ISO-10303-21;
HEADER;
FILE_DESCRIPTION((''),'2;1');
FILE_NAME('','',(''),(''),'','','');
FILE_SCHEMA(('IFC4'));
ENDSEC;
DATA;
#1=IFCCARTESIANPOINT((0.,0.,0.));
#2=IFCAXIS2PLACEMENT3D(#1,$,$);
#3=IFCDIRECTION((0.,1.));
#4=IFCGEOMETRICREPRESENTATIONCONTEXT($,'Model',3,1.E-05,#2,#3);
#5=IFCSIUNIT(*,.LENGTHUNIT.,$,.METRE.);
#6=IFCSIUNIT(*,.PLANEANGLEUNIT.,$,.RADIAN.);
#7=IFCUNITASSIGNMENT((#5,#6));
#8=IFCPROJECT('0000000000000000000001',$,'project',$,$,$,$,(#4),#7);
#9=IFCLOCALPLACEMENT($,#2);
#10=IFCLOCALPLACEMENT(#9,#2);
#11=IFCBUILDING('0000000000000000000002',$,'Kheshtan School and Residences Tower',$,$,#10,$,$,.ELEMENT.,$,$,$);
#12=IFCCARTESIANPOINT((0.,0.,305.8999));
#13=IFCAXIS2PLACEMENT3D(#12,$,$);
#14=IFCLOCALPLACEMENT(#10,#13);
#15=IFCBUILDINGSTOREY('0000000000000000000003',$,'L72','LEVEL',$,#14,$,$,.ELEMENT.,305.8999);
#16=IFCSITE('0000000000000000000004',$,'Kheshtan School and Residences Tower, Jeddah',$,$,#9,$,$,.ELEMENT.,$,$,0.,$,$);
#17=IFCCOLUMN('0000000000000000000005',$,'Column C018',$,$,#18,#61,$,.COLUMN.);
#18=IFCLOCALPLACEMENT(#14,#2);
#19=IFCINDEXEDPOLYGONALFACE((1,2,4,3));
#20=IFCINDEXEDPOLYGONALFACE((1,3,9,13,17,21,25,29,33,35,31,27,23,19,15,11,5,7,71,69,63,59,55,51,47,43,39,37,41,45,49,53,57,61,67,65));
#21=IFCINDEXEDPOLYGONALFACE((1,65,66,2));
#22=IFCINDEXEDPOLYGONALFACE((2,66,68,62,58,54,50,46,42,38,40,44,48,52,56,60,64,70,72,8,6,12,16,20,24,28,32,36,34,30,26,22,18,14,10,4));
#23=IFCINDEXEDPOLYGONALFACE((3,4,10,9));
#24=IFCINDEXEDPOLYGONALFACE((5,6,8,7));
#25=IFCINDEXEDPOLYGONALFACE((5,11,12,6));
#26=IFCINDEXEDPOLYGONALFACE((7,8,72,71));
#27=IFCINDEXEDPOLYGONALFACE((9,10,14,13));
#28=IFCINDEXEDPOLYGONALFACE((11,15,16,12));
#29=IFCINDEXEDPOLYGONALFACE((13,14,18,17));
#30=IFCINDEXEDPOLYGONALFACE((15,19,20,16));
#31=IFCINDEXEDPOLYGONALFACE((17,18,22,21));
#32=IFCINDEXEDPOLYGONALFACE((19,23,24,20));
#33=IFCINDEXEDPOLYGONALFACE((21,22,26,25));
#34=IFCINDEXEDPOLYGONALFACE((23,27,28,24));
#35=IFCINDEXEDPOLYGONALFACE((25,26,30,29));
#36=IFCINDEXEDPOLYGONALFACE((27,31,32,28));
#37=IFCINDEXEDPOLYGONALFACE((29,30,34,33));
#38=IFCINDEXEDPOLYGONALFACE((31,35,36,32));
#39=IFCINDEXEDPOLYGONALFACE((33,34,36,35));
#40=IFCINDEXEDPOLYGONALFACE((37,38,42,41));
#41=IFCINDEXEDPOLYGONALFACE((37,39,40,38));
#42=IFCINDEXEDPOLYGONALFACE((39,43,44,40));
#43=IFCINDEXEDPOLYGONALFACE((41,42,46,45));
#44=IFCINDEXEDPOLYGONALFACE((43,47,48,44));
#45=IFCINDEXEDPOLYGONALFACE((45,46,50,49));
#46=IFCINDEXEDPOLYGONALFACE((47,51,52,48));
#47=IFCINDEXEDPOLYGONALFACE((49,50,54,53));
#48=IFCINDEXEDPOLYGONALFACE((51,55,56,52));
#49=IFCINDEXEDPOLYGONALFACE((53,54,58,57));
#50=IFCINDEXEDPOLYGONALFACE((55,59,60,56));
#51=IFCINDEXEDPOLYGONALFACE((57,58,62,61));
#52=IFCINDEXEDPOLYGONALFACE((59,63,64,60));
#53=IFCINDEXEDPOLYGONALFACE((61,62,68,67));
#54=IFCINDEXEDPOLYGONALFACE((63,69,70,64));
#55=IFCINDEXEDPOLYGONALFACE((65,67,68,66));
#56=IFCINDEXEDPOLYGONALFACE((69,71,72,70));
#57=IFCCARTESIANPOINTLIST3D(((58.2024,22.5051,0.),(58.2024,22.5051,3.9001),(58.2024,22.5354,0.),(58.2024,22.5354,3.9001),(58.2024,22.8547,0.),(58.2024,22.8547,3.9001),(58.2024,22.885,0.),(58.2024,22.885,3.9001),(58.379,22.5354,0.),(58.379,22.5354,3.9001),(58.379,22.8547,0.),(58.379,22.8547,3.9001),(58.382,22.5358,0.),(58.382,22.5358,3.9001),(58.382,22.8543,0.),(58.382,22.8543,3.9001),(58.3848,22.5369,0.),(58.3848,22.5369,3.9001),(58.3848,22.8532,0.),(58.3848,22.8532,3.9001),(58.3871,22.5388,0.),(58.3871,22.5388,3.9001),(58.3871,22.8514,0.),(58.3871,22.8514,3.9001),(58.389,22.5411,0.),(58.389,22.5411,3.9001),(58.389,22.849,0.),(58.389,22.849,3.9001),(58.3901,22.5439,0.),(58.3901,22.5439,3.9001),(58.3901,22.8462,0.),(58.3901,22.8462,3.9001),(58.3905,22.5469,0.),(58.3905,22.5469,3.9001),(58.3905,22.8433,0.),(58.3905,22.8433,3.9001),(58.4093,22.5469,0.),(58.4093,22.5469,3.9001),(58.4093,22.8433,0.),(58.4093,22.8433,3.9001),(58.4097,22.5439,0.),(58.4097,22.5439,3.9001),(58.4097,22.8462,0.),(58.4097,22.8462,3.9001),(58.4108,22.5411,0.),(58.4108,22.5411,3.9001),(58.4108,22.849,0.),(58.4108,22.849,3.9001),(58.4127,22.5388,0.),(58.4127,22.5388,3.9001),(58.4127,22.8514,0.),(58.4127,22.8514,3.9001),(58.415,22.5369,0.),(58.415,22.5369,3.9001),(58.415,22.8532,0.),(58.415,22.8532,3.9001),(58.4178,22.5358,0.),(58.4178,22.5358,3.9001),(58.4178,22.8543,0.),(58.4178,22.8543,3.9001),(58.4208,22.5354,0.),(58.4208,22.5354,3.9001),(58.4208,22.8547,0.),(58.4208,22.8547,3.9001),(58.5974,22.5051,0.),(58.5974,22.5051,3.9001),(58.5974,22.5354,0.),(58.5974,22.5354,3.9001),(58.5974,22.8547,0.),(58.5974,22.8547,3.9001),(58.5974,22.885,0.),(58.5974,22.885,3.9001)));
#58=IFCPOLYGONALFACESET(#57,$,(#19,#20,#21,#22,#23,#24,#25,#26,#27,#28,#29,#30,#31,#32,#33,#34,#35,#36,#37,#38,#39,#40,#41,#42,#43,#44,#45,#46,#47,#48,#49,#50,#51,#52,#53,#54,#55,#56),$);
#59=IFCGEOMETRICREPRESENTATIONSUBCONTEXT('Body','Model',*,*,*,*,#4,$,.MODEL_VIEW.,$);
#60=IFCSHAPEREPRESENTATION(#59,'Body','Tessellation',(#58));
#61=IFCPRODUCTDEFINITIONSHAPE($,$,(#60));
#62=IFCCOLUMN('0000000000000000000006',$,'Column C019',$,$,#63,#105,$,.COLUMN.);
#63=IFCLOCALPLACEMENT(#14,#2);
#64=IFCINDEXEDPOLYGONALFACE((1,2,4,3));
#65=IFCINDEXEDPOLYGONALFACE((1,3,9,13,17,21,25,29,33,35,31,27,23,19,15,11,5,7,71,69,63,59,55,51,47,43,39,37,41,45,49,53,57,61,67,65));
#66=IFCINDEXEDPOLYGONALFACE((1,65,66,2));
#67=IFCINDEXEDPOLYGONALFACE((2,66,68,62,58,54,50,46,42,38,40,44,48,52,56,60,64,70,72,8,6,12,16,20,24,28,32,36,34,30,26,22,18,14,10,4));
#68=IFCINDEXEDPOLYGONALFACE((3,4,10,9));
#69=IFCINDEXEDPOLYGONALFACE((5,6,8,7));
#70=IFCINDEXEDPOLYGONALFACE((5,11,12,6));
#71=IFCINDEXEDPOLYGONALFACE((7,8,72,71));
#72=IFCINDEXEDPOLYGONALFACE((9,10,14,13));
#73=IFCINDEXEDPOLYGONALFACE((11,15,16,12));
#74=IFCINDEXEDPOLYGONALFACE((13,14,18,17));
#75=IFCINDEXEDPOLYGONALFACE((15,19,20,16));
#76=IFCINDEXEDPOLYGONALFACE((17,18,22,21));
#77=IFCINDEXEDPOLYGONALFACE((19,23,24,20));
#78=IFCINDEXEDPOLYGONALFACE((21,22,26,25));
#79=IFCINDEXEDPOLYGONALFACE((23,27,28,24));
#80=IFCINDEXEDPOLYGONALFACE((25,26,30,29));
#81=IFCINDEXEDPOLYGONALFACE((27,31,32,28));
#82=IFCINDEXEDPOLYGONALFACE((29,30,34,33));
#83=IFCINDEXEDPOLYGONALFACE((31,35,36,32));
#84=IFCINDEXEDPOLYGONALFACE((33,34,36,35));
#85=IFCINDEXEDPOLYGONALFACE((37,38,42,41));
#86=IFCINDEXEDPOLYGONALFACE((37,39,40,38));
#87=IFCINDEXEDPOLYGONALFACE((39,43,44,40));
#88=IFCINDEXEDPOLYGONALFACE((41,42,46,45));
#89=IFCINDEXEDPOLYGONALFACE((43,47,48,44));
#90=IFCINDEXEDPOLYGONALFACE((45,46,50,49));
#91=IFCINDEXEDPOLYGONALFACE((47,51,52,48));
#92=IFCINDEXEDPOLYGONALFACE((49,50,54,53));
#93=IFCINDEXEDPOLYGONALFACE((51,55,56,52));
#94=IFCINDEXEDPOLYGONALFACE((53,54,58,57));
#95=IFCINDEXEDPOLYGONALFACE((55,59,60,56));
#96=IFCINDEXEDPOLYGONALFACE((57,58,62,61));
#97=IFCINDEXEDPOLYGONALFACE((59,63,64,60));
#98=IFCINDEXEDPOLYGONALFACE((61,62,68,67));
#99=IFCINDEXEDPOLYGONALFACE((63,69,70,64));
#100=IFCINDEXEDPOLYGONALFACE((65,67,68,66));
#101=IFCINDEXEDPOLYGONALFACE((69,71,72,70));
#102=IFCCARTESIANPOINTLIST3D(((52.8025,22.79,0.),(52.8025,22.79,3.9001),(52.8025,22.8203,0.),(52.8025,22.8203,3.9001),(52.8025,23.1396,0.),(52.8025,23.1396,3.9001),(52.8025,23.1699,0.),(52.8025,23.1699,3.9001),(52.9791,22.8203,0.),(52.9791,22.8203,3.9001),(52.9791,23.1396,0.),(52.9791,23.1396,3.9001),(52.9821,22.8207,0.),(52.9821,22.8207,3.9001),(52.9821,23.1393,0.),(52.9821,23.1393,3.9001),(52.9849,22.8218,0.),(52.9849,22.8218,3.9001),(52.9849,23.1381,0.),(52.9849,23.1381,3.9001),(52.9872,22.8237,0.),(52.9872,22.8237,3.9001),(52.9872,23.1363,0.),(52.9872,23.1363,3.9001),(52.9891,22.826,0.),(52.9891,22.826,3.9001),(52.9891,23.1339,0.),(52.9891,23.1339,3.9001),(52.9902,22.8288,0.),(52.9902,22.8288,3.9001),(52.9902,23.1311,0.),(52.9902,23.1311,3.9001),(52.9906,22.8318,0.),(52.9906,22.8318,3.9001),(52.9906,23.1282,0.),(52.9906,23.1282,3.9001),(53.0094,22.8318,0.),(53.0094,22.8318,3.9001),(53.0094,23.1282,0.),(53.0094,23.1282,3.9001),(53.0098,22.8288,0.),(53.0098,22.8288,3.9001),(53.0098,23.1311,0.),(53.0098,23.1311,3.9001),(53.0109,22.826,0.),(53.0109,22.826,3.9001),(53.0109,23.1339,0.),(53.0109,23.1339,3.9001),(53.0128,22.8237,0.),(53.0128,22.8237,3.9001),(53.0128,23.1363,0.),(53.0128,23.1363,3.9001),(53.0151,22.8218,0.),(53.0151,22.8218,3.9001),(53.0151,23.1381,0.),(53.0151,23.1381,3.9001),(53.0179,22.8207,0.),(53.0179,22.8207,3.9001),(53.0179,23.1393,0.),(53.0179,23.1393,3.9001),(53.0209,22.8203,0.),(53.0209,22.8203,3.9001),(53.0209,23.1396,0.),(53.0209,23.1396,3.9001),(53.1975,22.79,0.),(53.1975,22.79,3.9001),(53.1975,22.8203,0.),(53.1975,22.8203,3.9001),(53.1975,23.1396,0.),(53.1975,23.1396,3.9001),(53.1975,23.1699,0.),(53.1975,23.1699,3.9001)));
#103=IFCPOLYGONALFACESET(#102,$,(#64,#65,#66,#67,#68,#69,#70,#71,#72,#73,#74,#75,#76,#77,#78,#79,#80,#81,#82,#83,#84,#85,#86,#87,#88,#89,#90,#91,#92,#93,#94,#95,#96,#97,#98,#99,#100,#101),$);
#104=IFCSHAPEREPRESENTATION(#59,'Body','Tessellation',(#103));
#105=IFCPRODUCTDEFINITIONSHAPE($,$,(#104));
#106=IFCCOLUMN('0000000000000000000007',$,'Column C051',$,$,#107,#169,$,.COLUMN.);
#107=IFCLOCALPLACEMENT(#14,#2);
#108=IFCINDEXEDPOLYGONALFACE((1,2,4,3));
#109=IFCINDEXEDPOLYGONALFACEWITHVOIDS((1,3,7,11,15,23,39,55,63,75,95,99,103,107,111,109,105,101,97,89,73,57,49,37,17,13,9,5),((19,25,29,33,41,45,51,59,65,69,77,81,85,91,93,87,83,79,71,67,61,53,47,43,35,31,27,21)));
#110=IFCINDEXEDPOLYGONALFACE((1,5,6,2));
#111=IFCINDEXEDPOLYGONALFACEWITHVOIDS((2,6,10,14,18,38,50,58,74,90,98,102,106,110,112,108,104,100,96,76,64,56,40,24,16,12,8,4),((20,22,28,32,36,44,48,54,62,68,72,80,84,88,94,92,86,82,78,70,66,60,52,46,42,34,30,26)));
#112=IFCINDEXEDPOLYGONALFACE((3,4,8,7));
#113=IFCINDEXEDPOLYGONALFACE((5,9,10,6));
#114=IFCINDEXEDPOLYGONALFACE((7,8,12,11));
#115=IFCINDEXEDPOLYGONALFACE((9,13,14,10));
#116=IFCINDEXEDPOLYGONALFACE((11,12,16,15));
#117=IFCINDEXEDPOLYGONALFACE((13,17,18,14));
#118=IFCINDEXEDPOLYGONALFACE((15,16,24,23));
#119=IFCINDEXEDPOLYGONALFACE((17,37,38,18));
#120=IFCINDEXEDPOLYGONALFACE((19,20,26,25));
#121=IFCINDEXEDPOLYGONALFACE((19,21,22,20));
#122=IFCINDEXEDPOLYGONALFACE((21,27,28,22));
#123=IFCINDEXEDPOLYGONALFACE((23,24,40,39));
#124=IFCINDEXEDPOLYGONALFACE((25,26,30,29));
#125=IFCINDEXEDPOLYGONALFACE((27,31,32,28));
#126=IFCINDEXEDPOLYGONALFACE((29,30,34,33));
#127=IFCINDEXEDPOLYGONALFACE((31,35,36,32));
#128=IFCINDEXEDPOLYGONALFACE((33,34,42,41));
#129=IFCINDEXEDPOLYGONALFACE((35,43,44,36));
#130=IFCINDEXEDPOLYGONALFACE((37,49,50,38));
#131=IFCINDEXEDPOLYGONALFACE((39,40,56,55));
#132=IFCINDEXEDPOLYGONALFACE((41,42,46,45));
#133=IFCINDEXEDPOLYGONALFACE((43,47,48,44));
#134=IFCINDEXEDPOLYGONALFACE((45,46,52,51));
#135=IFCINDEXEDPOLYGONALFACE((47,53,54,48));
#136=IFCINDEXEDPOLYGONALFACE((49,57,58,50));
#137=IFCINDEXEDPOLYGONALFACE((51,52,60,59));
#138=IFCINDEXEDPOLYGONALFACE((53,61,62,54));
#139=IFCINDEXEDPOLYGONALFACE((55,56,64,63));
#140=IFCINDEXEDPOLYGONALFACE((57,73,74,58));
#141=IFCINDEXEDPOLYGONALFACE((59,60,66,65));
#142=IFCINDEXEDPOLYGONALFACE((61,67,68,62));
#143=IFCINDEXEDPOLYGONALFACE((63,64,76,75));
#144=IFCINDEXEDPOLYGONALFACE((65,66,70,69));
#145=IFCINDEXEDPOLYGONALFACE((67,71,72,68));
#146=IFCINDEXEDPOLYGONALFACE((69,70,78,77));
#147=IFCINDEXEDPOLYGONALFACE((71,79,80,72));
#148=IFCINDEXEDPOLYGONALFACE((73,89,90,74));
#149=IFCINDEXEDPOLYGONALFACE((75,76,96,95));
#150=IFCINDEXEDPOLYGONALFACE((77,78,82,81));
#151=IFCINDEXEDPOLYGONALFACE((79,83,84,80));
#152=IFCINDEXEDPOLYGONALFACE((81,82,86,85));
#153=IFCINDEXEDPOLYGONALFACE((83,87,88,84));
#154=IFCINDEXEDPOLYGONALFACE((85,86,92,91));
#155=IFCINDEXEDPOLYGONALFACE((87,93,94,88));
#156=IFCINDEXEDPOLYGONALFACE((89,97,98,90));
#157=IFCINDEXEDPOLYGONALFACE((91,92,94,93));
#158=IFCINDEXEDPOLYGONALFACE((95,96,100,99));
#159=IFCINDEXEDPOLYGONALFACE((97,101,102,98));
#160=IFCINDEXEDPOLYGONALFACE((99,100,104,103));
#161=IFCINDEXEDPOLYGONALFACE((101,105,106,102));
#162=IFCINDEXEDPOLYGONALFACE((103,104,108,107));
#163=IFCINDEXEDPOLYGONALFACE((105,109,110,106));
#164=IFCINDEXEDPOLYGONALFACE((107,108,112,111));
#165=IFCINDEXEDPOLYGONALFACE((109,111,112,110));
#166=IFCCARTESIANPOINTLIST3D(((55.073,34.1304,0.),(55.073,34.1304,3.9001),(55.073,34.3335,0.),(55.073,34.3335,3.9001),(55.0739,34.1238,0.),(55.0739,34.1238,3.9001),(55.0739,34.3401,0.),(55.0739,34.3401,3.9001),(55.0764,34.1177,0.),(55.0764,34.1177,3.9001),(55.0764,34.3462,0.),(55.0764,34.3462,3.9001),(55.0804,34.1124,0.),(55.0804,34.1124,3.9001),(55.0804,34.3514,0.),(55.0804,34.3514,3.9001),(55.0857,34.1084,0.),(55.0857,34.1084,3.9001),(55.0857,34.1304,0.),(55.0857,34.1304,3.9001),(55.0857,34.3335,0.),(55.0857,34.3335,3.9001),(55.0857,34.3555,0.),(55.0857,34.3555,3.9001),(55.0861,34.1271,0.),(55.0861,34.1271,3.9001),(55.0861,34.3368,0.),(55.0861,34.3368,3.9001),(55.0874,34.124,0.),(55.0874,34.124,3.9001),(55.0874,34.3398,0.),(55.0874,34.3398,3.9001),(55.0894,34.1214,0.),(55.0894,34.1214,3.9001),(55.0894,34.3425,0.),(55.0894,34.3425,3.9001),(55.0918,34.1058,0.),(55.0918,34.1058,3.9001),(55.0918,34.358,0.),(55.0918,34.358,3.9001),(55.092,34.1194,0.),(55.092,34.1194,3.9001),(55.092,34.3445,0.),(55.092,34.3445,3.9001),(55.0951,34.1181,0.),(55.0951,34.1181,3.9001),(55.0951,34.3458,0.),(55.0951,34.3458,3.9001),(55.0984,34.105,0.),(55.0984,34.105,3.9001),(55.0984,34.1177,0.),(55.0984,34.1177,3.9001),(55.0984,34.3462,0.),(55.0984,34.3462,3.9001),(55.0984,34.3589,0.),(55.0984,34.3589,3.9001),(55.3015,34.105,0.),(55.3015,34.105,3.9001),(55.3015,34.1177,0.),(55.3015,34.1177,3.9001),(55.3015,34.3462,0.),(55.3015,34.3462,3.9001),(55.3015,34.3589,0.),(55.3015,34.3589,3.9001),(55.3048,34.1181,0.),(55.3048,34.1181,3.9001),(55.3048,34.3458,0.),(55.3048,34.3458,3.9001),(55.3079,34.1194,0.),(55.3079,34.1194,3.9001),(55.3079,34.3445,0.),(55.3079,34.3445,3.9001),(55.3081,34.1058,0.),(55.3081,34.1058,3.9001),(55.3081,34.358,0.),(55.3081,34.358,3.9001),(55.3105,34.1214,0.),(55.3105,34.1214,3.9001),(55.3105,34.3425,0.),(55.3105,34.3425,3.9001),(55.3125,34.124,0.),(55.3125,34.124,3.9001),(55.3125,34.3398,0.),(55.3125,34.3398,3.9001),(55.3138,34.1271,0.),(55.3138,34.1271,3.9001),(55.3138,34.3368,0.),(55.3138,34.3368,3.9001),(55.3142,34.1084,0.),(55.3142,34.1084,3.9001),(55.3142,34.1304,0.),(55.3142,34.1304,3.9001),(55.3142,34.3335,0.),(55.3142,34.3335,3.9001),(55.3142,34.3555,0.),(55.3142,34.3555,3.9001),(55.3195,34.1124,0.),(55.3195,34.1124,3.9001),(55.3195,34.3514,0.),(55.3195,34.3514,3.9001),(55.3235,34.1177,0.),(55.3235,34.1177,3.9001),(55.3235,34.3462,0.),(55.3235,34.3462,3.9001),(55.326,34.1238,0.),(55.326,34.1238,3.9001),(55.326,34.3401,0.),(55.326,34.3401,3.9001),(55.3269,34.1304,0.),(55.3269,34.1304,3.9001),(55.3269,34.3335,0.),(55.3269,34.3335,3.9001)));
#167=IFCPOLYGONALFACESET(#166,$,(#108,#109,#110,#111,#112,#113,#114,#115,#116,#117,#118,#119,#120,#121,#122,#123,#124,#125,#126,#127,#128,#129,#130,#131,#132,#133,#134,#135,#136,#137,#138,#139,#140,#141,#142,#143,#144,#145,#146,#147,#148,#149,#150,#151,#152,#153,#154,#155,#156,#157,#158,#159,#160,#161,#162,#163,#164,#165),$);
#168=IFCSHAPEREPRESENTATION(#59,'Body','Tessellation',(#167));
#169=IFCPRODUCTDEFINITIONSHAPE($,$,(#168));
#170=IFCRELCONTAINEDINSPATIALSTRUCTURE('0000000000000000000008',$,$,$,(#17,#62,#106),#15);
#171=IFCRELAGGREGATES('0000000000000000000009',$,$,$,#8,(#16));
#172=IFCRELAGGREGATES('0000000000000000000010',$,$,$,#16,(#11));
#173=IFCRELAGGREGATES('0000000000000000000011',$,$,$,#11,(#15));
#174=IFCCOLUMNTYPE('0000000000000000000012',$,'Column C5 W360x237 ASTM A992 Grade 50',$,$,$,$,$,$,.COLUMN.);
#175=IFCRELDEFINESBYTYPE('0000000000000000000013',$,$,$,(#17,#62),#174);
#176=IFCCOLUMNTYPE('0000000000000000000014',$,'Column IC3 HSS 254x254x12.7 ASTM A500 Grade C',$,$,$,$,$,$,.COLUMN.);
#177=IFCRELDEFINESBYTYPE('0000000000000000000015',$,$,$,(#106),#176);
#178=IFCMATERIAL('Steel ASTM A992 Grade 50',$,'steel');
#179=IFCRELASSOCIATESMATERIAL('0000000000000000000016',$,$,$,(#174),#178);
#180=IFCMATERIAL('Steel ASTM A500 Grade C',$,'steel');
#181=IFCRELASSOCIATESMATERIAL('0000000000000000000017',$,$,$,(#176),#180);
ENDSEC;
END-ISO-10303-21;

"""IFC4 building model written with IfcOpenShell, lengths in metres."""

from ifc_helpers import new_model, si_unit, direction, frame, origin, origin_2d, place, context, subcontext, project, spatial, hollow_rectangle, i_section, extrude, material, material_profile, profile_set, type_object, element, save


model = new_model("IFC4")

# Units and contexts
model_context = context("Model", 3, precision=1e-05, world=origin(), true_north=direction((0.0, 1.0)))
body_context = subcontext(model_context, "Body", "Model", "MODEL_VIEW")
ifc_project = project(units=[si_unit("LENGTHUNIT", "METRE"), si_unit("PLANEANGLEUNIT", "RADIAN")], contexts=[model_context])

# Site, building, storey
site_placement = place(None, origin())
site = spatial("IfcSite", under=ifc_project, at=site_placement, Name="Kheshtan School and Residences Tower, Jeddah", CompositionType="ELEMENT", RefElevation=0.0)
building_placement = place(site_placement, origin())
building = spatial("IfcBuilding", under=site, at=building_placement, Name="Kheshtan School and Residences Tower", CompositionType="ELEMENT")
storey_placement = place(building_placement, frame((0.0, 0.0, 305.8999)))
storey = spatial("IfcBuildingStorey", under=building, at=storey_placement, Name="L72", Description="LEVEL", CompositionType="ELEMENT", Elevation=305.8999)

# Columns
ifc_material_1 = material(Name="Steel ASTM A992 Grade 50", Category="steel")
ifc_material_profile_1 = material_profile(ifc_material_1, i_section(OverallWidth=0.395, OverallDepth=0.3799, WebThickness=0.0188, FlangeThickness=0.0303, FilletRadius=0.0115, at=origin_2d()), Name="W360x237")
ifc_profile_set_1 = profile_set([ifc_material_profile_1], Name="Steel ASTM A992 Grade 50")
column_type_1 = type_object("IfcColumnType", Name="Column C5 W360x237 ASTM A992 Grade 50", PredefinedType="COLUMN", material=ifc_profile_set_1)
for number, where, z_axis, x_axis, name in (
    (1, (58.3999, 22.6951, 0.0), (0.0, 0.0, 1.0), (1.0, 0.0, 0.0), "Column C018"),
    (2, (53.0, 22.98, 0.0), (0.0, 0.0, 1.0), (1.0, 0.0, 0.0), "Column C019"),
):
    element("IfcColumn", number, at=place(storey_placement, frame(where, z_axis=z_axis, x_axis=x_axis)), inside=storey, type_object=column_type_1, Name=name, PredefinedType="COLUMN", context=body_context, shape_type="SweptSolid", body=[
        extrude(i_section(OverallWidth=0.395, OverallDepth=0.3799, WebThickness=0.0188, FlangeThickness=0.0303, FilletRadius=0.0115, at=origin_2d()), origin(), (0.0, 0.0, 1.0), 3.9001),
    ])
ifc_material_2 = material(Name="Steel ASTM A500 Grade C", Category="steel")
ifc_material_profile_2 = material_profile(ifc_material_2, hollow_rectangle(XDim=0.2539, YDim=0.2539, WallThickness=0.0127, InnerFilletRadius=0.0127, OuterFilletRadius=0.0254, at=origin_2d()), Name="HSS 254x254x12.7")
ifc_profile_set_2 = profile_set([ifc_material_profile_2], Name="Steel ASTM A500 Grade C")
column_type_2 = type_object("IfcColumnType", Name="Column IC3 HSS 254x254x12.7 ASTM A500 Grade C", PredefinedType="COLUMN", material=ifc_profile_set_2)
column_placement = place(storey_placement, frame((55.2, 34.2319, 0.0), z_axis=(0.0, 0.0, 1.0), x_axis=(1.0, 0.0, 0.0)))
element("IfcColumn", 3, at=column_placement, inside=storey, type_object=column_type_2, Name="Column C051", PredefinedType="COLUMN", context=body_context, shape_type="SweptSolid", body=[
    extrude(hollow_rectangle(XDim=0.2539, YDim=0.2539, WallThickness=0.0127, InnerFilletRadius=0.0127, OuterFilletRadius=0.0254, at=origin_2d()), origin(), (0.0, 0.0, 1.0), 3.9001),
])

save(model, "model.ifc")
